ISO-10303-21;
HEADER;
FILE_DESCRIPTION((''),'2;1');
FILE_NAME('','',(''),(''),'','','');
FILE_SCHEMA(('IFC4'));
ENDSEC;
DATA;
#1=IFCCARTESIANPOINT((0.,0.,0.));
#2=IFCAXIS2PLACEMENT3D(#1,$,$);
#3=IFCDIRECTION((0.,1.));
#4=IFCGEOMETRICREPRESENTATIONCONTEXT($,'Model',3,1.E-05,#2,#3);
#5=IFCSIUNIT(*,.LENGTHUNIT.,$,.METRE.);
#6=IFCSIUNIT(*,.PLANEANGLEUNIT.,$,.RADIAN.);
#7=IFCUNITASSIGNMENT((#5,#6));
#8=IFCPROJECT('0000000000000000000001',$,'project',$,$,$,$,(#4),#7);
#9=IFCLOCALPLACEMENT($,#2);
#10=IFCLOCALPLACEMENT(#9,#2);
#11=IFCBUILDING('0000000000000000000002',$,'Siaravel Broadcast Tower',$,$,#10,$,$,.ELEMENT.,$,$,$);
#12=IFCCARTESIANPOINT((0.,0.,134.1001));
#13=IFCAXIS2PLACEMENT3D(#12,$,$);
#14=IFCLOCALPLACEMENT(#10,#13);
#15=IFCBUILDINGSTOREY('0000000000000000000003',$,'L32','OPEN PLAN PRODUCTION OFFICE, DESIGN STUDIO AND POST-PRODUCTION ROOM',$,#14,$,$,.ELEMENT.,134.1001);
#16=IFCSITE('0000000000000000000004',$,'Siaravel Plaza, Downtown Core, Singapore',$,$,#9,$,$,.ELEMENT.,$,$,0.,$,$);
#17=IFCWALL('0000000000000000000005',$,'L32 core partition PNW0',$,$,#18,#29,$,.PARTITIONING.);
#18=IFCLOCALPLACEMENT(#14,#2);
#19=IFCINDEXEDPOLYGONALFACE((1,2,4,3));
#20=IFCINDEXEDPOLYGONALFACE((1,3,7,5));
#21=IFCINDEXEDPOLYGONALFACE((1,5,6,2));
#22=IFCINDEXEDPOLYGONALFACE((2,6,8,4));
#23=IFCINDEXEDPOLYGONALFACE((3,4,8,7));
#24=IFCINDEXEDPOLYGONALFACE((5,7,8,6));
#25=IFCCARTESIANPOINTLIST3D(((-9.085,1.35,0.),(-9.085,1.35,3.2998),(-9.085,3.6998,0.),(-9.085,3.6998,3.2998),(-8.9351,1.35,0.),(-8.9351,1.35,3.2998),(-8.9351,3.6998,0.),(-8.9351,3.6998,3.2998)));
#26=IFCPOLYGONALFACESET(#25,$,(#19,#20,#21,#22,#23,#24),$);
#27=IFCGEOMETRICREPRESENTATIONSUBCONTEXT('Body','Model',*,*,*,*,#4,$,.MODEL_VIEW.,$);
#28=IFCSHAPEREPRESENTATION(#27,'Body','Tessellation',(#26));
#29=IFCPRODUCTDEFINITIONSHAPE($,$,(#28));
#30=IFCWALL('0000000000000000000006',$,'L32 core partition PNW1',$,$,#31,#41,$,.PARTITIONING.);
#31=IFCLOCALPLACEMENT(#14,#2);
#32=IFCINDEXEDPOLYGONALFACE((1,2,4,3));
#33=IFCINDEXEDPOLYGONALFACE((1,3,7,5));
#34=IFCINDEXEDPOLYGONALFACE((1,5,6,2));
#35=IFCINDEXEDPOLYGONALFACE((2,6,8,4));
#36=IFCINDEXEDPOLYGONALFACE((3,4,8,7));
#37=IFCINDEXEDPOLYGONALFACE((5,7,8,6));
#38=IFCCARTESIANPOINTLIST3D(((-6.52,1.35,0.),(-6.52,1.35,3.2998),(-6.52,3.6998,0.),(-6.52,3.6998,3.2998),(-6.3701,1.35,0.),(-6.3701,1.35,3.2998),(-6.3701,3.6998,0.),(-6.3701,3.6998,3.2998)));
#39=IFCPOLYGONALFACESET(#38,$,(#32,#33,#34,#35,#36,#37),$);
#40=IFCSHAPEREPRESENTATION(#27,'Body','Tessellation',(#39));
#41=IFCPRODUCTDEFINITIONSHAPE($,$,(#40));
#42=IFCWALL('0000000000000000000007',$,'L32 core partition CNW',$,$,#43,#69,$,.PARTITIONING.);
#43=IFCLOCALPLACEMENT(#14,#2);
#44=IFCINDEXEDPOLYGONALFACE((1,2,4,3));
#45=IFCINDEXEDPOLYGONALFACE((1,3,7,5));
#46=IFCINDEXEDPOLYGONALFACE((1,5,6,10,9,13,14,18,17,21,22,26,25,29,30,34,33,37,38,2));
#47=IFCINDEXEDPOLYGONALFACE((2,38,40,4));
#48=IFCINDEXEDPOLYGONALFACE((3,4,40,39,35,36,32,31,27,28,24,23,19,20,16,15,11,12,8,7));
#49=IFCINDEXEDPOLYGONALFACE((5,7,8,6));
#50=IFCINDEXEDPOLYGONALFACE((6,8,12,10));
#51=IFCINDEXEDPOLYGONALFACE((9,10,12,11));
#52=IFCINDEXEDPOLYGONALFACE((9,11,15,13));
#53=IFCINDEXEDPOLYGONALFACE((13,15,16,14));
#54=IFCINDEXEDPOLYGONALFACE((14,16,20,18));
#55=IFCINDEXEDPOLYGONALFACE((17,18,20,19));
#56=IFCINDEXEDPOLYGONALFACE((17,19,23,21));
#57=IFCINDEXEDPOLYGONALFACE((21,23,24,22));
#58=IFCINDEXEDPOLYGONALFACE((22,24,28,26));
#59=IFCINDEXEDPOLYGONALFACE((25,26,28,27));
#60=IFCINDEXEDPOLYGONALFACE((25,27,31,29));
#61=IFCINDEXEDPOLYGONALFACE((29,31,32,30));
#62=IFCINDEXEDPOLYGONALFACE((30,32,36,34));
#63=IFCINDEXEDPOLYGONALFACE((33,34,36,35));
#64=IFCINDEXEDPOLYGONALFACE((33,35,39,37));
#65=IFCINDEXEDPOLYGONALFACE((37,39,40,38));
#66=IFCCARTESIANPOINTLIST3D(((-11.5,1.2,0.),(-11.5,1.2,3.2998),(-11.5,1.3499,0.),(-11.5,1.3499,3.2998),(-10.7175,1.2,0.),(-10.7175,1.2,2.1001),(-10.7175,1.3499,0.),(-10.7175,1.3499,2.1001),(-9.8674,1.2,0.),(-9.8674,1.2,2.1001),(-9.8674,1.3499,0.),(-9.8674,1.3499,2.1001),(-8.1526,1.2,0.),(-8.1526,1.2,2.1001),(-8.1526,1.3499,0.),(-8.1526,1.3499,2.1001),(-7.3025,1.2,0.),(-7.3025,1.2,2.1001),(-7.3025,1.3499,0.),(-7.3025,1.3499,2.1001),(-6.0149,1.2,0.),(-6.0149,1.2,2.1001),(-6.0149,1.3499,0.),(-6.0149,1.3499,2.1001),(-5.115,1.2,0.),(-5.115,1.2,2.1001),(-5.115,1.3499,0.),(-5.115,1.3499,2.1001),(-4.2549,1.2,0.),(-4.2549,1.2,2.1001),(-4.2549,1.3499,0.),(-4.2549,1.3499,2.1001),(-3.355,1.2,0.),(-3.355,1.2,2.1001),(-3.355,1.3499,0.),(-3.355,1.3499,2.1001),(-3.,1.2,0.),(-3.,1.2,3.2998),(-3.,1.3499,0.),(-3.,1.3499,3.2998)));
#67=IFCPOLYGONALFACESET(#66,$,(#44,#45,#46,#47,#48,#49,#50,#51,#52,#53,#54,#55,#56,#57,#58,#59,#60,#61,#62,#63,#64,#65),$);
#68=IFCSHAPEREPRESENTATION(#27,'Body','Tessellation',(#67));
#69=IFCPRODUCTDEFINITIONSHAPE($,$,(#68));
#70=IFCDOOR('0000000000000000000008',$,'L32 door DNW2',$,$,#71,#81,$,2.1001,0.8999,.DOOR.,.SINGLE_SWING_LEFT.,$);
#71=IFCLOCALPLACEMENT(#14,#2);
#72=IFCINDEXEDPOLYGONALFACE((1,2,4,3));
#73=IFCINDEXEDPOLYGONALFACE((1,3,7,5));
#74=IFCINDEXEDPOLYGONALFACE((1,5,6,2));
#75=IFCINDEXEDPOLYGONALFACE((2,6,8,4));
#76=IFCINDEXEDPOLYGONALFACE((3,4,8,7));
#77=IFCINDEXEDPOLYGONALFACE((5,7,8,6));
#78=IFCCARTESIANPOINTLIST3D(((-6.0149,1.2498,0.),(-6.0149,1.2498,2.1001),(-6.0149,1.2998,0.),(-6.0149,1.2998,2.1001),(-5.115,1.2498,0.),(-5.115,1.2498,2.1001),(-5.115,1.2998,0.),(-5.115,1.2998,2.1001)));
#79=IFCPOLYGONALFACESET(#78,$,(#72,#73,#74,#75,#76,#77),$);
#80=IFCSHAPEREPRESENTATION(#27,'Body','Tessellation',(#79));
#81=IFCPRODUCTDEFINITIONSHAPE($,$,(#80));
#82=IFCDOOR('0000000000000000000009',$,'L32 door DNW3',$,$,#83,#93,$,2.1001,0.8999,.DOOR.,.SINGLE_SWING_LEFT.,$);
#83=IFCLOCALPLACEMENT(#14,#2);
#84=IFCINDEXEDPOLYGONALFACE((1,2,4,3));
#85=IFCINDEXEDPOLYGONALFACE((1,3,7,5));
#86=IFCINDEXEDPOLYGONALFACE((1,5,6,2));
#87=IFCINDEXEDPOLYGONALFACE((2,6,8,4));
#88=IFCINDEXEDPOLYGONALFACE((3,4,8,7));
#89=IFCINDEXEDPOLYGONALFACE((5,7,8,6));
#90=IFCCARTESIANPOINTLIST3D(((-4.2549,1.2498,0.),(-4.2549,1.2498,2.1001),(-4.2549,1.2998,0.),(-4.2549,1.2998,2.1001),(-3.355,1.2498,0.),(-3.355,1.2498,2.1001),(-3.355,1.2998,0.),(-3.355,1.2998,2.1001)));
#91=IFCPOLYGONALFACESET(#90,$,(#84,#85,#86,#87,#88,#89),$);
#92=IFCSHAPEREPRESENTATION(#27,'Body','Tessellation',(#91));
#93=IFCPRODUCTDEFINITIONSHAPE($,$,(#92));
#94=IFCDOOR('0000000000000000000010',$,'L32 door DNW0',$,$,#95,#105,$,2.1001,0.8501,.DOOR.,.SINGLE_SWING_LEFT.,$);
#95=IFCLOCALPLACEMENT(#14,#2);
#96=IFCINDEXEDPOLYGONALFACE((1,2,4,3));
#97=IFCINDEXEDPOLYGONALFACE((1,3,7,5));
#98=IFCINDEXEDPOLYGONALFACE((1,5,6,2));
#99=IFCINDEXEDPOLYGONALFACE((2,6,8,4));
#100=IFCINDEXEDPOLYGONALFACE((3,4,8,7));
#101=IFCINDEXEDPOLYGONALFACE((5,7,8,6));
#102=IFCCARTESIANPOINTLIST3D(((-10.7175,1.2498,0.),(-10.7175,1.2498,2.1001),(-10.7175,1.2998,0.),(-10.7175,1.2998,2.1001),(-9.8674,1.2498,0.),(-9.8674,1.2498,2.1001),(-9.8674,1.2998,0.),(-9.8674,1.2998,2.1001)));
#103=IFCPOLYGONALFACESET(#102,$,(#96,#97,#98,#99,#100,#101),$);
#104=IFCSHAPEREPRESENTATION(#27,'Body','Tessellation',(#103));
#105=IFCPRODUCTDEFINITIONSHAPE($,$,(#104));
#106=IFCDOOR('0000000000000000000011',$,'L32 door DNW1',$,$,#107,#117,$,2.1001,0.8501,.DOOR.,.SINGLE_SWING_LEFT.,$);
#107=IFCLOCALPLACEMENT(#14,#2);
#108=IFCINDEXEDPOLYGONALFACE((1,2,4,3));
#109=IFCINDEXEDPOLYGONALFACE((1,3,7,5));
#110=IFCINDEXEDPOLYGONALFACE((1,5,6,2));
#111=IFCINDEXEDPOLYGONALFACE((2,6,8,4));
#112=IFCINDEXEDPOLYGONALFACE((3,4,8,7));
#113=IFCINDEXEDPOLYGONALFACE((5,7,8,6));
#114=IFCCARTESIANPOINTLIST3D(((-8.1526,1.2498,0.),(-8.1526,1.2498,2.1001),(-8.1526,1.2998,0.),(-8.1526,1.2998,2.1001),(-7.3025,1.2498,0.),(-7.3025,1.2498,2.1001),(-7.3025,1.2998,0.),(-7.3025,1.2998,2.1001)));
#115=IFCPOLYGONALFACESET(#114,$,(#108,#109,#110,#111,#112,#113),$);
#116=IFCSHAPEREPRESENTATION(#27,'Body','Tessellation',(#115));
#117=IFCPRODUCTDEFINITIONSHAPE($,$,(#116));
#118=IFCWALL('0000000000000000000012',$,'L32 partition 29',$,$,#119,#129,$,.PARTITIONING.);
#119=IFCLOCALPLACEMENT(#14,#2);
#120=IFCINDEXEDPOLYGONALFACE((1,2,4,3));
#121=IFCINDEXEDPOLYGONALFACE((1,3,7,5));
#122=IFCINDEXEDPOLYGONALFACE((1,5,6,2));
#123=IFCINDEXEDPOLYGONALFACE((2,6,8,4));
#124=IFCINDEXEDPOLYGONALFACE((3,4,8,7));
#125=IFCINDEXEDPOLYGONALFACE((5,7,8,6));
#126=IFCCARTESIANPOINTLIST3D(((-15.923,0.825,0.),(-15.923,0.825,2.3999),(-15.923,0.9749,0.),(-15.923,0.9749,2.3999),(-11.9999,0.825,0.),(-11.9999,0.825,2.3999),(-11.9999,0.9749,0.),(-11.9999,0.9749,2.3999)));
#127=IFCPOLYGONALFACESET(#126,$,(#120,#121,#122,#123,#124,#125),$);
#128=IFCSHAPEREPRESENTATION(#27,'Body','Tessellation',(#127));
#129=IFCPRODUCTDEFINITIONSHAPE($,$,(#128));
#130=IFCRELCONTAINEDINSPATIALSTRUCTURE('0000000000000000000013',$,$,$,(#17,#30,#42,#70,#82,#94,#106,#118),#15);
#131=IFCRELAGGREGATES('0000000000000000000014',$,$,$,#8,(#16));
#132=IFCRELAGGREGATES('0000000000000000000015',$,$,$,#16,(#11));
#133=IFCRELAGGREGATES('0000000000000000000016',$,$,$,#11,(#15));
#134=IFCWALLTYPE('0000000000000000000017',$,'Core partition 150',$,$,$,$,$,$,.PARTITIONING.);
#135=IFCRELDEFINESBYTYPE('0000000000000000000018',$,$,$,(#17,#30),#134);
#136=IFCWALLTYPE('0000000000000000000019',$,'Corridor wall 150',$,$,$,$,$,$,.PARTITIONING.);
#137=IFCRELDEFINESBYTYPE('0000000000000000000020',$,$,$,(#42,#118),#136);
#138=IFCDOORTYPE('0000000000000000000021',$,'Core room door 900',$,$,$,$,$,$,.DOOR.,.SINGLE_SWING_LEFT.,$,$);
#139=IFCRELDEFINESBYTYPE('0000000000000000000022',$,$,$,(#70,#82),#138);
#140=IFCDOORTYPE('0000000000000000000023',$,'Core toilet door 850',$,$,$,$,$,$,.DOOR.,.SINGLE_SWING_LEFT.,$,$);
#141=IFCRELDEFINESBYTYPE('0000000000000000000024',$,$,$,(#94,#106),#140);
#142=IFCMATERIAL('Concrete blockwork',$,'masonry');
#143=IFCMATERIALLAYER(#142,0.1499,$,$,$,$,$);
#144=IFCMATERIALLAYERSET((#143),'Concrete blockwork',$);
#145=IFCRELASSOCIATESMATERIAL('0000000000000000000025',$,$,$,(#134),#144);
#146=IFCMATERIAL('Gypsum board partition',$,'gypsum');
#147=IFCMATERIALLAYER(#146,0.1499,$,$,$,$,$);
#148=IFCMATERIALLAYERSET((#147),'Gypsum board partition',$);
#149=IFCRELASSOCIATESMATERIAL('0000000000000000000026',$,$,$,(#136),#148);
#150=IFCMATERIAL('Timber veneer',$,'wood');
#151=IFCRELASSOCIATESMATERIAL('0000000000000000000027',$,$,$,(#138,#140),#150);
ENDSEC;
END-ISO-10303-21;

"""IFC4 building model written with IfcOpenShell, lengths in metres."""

from ifc_helpers import new_model, si_unit, direction, frame, frame_2d, origin, place, context, subcontext, project, spatial, rectangle, extrude, material, layer, layer_set, type_object, element, fill, save


model = new_model("IFC4")

# Units and contexts
model_context = context("Model", 3, precision=1e-05, world=origin(), true_north=direction((0.0, 1.0)))
body_context = subcontext(model_context, "Body", "Model", "MODEL_VIEW")
ifc_project = project(units=[si_unit("LENGTHUNIT", "METRE"), si_unit("PLANEANGLEUNIT", "RADIAN")], contexts=[model_context])

# Site, building, storey
site_placement = place(None, origin())
site = spatial("IfcSite", under=ifc_project, at=site_placement, Name="Siaravel Plaza, Downtown Core, Singapore", CompositionType="ELEMENT", RefElevation=0.0)
building_placement = place(site_placement, origin())
building = spatial("IfcBuilding", under=site, at=building_placement, Name="Siaravel Broadcast Tower", CompositionType="ELEMENT")
storey_placement = place(building_placement, frame((0.0, 0.0, 134.1001)))
storey = spatial("IfcBuildingStorey", under=building, at=storey_placement, Name="L32", Description="OPEN PLAN PRODUCTION OFFICE, DESIGN STUDIO AND POST-PRODUCTION ROOM", CompositionType="ELEMENT", Elevation=134.1001)

# Walls
ifc_material_1 = material(Name="Concrete blockwork", Category="masonry")
ifc_layer_1 = layer(ifc_material_1, 0.1499)
ifc_layer_set_1 = layer_set([ifc_layer_1], Name="Concrete blockwork")
wall_type_1 = type_object("IfcWallType", Name="Core partition 150", PredefinedType="PARTITIONING", material=ifc_layer_set_1)
for number, where, z_axis, x_axis, name in (
    (1, (-9.01, 1.3501, 0.0), (0.0, 0.0, 1.0), (0.0, 1.0, 0.0), "L32 core partition PNW0"),
    (2, (-6.4451, 1.3501, 0.0), (0.0, 0.0, 1.0), (0.0, 1.0, 0.0), "L32 core partition PNW1"),
):
    element("IfcWall", number, at=place(storey_placement, frame(where, z_axis=z_axis, x_axis=x_axis)), inside=storey, type_object=wall_type_1, Name=name, PredefinedType="PARTITIONING", context=body_context, shape_type="SweptSolid", body=[
        extrude(rectangle(XDim=2.3499, YDim=0.1499, at=frame_2d((1.1748, 0.0))), origin(), (0.0, 0.0, 1.0), 3.2998),
    ])

# Wall, openings, doors
ifc_material_2 = material(Name="Gypsum board partition", Category="gypsum")
ifc_layer_2 = layer(ifc_material_2, 0.1499)
ifc_layer_set_2 = layer_set([ifc_layer_2], Name="Gypsum board partition")
wall_type_2 = type_object("IfcWallType", Name="Corridor wall 150", PredefinedType="PARTITIONING", material=ifc_layer_set_2)
wall_1_placement = place(storey_placement, frame((-11.5, 1.2749, 0.0), z_axis=(0.0, 0.0, 1.0), x_axis=(1.0, 0.0, 0.0)))
wall_1 = element("IfcWall", 3, at=wall_1_placement, inside=storey, type_object=wall_type_2, Name="L32 core partition CNW", PredefinedType="PARTITIONING", context=body_context, shape_type="SweptSolid", body=[
    extrude(rectangle(XDim=8.5, YDim=0.1499, at=frame_2d((4.25, 0.0))), origin(), (0.0, 0.0, 1.0), 3.2998),
])
opening_1_placement = place(wall_1_placement, frame((0.7825, 0.0, 0.0)))
opening_1 = element("IfcOpeningElement", 4, at=opening_1_placement, cuts=wall_1, PredefinedType="OPENING", context=body_context, shape_type="SweptSolid", body=[
    extrude(rectangle(XDim=0.8501, YDim=2.1001, at=frame_2d((0.425, 1.05))), frame((0.0, 0.085, 0.0), z_axis=(0.0, -1.0, 0.0), x_axis=(1.0, 0.0, 0.0)), (0.0, 0.0, 1.0), 0.1699),
])
opening_2_placement = place(wall_1_placement, frame((3.3474, 0.0, 0.0)))
opening_2 = element("IfcOpeningElement", 5, at=opening_2_placement, cuts=wall_1, PredefinedType="OPENING", context=body_context, shape_type="SweptSolid", body=[
    extrude(rectangle(XDim=0.8501, YDim=2.1001, at=frame_2d((0.425, 1.05))), frame((0.0, 0.085, 0.0), z_axis=(0.0, -1.0, 0.0), x_axis=(1.0, 0.0, 0.0)), (0.0, 0.0, 1.0), 0.1699),
])
opening_3_placement = place(wall_1_placement, frame((5.4851, 0.0, 0.0)))
opening_3 = element("IfcOpeningElement", 6, at=opening_3_placement, cuts=wall_1, PredefinedType="OPENING", context=body_context, shape_type="SweptSolid", body=[
    extrude(rectangle(XDim=0.8999, YDim=2.1001, at=frame_2d((0.45, 1.05))), frame((0.0, 0.085, 0.0), z_axis=(0.0, -1.0, 0.0), x_axis=(1.0, 0.0, 0.0)), (0.0, 0.0, 1.0), 0.1699),
])
opening_4_placement = place(wall_1_placement, frame((7.2451, 0.0, 0.0)))
opening_4 = element("IfcOpeningElement", 7, at=opening_4_placement, cuts=wall_1, PredefinedType="OPENING", context=body_context, shape_type="SweptSolid", body=[
    extrude(rectangle(XDim=0.8999, YDim=2.1001, at=frame_2d((0.45, 1.05))), frame((0.0, 0.085, 0.0), z_axis=(0.0, -1.0, 0.0), x_axis=(1.0, 0.0, 0.0)), (0.0, 0.0, 1.0), 0.1699),
])
ifc_material_3 = material(Name="Timber veneer", Category="wood")
door_type_1 = type_object("IfcDoorType", Name="Core room door 900", OperationType="SINGLE_SWING_LEFT", PredefinedType="DOOR", material=ifc_material_3)
door_1_placement = place(opening_3_placement, origin())
door_1 = element("IfcDoor", 8, at=door_1_placement, inside=storey, type_object=door_type_1, Name="L32 door DNW2", OperationType="SINGLE_SWING_LEFT", OverallHeight=2.1001, OverallWidth=0.8999, PredefinedType="DOOR", context=body_context, shape_type="SweptSolid", body=[
    extrude(rectangle(XDim=0.8999, YDim=2.1001, at=frame_2d((0.45, 1.05))), frame((0.0, 0.0249, 0.0), z_axis=(0.0, -1.0, 0.0), x_axis=(1.0, 0.0, 0.0)), (0.0, 0.0, 1.0), 0.05),
])
fill(opening_3, door_1)
door_2_placement = place(opening_4_placement, origin())
door_2 = element("IfcDoor", 9, at=door_2_placement, inside=storey, type_object=door_type_1, Name="L32 door DNW3", OperationType="SINGLE_SWING_LEFT", OverallHeight=2.1001, OverallWidth=0.8999, PredefinedType="DOOR", context=body_context, shape_type="SweptSolid", body=[
    extrude(rectangle(XDim=0.8999, YDim=2.1001, at=frame_2d((0.45, 1.05))), frame((0.0, 0.0249, 0.0), z_axis=(0.0, -1.0, 0.0), x_axis=(1.0, 0.0, 0.0)), (0.0, 0.0, 1.0), 0.05),
])
fill(opening_4, door_2)
door_type_2 = type_object("IfcDoorType", Name="Core toilet door 850", OperationType="SINGLE_SWING_LEFT", PredefinedType="DOOR", material=ifc_material_3)
door_3_placement = place(opening_1_placement, origin())
door_3 = element("IfcDoor", 10, at=door_3_placement, inside=storey, type_object=door_type_2, Name="L32 door DNW0", OperationType="SINGLE_SWING_LEFT", OverallHeight=2.1001, OverallWidth=0.8501, PredefinedType="DOOR", context=body_context, shape_type="SweptSolid", body=[
    extrude(rectangle(XDim=0.8501, YDim=2.1001, at=frame_2d((0.425, 1.05))), frame((0.0, 0.0249, 0.0), z_axis=(0.0, -1.0, 0.0), x_axis=(1.0, 0.0, 0.0)), (0.0, 0.0, 1.0), 0.05),
])
fill(opening_1, door_3)
door_4_placement = place(opening_2_placement, origin())
door_4 = element("IfcDoor", 11, at=door_4_placement, inside=storey, type_object=door_type_2, Name="L32 door DNW1", OperationType="SINGLE_SWING_LEFT", OverallHeight=2.1001, OverallWidth=0.8501, PredefinedType="DOOR", context=body_context, shape_type="SweptSolid", body=[
    extrude(rectangle(XDim=0.8501, YDim=2.1001, at=frame_2d((0.425, 1.05))), frame((0.0, 0.0249, 0.0), z_axis=(0.0, -1.0, 0.0), x_axis=(1.0, 0.0, 0.0)), (0.0, 0.0, 1.0), 0.05),
])
fill(opening_2, door_4)

# Wall
wall_2_placement = place(storey_placement, frame((-12.0, 0.8999, 0.0), z_axis=(0.0, 0.0, 1.0), x_axis=(-1.0, 0.0, 0.0)))
element("IfcWall", 12, at=wall_2_placement, inside=storey, type_object=wall_type_2, Name="L32 partition 29", PredefinedType="PARTITIONING", context=body_context, shape_type="SweptSolid", body=[
    extrude(rectangle(XDim=3.9231, YDim=0.1499, at=frame_2d((1.9614, 0.0))), origin(), (0.0, 0.0, 1.0), 2.3999),
])

save(model, "model.ifc")
